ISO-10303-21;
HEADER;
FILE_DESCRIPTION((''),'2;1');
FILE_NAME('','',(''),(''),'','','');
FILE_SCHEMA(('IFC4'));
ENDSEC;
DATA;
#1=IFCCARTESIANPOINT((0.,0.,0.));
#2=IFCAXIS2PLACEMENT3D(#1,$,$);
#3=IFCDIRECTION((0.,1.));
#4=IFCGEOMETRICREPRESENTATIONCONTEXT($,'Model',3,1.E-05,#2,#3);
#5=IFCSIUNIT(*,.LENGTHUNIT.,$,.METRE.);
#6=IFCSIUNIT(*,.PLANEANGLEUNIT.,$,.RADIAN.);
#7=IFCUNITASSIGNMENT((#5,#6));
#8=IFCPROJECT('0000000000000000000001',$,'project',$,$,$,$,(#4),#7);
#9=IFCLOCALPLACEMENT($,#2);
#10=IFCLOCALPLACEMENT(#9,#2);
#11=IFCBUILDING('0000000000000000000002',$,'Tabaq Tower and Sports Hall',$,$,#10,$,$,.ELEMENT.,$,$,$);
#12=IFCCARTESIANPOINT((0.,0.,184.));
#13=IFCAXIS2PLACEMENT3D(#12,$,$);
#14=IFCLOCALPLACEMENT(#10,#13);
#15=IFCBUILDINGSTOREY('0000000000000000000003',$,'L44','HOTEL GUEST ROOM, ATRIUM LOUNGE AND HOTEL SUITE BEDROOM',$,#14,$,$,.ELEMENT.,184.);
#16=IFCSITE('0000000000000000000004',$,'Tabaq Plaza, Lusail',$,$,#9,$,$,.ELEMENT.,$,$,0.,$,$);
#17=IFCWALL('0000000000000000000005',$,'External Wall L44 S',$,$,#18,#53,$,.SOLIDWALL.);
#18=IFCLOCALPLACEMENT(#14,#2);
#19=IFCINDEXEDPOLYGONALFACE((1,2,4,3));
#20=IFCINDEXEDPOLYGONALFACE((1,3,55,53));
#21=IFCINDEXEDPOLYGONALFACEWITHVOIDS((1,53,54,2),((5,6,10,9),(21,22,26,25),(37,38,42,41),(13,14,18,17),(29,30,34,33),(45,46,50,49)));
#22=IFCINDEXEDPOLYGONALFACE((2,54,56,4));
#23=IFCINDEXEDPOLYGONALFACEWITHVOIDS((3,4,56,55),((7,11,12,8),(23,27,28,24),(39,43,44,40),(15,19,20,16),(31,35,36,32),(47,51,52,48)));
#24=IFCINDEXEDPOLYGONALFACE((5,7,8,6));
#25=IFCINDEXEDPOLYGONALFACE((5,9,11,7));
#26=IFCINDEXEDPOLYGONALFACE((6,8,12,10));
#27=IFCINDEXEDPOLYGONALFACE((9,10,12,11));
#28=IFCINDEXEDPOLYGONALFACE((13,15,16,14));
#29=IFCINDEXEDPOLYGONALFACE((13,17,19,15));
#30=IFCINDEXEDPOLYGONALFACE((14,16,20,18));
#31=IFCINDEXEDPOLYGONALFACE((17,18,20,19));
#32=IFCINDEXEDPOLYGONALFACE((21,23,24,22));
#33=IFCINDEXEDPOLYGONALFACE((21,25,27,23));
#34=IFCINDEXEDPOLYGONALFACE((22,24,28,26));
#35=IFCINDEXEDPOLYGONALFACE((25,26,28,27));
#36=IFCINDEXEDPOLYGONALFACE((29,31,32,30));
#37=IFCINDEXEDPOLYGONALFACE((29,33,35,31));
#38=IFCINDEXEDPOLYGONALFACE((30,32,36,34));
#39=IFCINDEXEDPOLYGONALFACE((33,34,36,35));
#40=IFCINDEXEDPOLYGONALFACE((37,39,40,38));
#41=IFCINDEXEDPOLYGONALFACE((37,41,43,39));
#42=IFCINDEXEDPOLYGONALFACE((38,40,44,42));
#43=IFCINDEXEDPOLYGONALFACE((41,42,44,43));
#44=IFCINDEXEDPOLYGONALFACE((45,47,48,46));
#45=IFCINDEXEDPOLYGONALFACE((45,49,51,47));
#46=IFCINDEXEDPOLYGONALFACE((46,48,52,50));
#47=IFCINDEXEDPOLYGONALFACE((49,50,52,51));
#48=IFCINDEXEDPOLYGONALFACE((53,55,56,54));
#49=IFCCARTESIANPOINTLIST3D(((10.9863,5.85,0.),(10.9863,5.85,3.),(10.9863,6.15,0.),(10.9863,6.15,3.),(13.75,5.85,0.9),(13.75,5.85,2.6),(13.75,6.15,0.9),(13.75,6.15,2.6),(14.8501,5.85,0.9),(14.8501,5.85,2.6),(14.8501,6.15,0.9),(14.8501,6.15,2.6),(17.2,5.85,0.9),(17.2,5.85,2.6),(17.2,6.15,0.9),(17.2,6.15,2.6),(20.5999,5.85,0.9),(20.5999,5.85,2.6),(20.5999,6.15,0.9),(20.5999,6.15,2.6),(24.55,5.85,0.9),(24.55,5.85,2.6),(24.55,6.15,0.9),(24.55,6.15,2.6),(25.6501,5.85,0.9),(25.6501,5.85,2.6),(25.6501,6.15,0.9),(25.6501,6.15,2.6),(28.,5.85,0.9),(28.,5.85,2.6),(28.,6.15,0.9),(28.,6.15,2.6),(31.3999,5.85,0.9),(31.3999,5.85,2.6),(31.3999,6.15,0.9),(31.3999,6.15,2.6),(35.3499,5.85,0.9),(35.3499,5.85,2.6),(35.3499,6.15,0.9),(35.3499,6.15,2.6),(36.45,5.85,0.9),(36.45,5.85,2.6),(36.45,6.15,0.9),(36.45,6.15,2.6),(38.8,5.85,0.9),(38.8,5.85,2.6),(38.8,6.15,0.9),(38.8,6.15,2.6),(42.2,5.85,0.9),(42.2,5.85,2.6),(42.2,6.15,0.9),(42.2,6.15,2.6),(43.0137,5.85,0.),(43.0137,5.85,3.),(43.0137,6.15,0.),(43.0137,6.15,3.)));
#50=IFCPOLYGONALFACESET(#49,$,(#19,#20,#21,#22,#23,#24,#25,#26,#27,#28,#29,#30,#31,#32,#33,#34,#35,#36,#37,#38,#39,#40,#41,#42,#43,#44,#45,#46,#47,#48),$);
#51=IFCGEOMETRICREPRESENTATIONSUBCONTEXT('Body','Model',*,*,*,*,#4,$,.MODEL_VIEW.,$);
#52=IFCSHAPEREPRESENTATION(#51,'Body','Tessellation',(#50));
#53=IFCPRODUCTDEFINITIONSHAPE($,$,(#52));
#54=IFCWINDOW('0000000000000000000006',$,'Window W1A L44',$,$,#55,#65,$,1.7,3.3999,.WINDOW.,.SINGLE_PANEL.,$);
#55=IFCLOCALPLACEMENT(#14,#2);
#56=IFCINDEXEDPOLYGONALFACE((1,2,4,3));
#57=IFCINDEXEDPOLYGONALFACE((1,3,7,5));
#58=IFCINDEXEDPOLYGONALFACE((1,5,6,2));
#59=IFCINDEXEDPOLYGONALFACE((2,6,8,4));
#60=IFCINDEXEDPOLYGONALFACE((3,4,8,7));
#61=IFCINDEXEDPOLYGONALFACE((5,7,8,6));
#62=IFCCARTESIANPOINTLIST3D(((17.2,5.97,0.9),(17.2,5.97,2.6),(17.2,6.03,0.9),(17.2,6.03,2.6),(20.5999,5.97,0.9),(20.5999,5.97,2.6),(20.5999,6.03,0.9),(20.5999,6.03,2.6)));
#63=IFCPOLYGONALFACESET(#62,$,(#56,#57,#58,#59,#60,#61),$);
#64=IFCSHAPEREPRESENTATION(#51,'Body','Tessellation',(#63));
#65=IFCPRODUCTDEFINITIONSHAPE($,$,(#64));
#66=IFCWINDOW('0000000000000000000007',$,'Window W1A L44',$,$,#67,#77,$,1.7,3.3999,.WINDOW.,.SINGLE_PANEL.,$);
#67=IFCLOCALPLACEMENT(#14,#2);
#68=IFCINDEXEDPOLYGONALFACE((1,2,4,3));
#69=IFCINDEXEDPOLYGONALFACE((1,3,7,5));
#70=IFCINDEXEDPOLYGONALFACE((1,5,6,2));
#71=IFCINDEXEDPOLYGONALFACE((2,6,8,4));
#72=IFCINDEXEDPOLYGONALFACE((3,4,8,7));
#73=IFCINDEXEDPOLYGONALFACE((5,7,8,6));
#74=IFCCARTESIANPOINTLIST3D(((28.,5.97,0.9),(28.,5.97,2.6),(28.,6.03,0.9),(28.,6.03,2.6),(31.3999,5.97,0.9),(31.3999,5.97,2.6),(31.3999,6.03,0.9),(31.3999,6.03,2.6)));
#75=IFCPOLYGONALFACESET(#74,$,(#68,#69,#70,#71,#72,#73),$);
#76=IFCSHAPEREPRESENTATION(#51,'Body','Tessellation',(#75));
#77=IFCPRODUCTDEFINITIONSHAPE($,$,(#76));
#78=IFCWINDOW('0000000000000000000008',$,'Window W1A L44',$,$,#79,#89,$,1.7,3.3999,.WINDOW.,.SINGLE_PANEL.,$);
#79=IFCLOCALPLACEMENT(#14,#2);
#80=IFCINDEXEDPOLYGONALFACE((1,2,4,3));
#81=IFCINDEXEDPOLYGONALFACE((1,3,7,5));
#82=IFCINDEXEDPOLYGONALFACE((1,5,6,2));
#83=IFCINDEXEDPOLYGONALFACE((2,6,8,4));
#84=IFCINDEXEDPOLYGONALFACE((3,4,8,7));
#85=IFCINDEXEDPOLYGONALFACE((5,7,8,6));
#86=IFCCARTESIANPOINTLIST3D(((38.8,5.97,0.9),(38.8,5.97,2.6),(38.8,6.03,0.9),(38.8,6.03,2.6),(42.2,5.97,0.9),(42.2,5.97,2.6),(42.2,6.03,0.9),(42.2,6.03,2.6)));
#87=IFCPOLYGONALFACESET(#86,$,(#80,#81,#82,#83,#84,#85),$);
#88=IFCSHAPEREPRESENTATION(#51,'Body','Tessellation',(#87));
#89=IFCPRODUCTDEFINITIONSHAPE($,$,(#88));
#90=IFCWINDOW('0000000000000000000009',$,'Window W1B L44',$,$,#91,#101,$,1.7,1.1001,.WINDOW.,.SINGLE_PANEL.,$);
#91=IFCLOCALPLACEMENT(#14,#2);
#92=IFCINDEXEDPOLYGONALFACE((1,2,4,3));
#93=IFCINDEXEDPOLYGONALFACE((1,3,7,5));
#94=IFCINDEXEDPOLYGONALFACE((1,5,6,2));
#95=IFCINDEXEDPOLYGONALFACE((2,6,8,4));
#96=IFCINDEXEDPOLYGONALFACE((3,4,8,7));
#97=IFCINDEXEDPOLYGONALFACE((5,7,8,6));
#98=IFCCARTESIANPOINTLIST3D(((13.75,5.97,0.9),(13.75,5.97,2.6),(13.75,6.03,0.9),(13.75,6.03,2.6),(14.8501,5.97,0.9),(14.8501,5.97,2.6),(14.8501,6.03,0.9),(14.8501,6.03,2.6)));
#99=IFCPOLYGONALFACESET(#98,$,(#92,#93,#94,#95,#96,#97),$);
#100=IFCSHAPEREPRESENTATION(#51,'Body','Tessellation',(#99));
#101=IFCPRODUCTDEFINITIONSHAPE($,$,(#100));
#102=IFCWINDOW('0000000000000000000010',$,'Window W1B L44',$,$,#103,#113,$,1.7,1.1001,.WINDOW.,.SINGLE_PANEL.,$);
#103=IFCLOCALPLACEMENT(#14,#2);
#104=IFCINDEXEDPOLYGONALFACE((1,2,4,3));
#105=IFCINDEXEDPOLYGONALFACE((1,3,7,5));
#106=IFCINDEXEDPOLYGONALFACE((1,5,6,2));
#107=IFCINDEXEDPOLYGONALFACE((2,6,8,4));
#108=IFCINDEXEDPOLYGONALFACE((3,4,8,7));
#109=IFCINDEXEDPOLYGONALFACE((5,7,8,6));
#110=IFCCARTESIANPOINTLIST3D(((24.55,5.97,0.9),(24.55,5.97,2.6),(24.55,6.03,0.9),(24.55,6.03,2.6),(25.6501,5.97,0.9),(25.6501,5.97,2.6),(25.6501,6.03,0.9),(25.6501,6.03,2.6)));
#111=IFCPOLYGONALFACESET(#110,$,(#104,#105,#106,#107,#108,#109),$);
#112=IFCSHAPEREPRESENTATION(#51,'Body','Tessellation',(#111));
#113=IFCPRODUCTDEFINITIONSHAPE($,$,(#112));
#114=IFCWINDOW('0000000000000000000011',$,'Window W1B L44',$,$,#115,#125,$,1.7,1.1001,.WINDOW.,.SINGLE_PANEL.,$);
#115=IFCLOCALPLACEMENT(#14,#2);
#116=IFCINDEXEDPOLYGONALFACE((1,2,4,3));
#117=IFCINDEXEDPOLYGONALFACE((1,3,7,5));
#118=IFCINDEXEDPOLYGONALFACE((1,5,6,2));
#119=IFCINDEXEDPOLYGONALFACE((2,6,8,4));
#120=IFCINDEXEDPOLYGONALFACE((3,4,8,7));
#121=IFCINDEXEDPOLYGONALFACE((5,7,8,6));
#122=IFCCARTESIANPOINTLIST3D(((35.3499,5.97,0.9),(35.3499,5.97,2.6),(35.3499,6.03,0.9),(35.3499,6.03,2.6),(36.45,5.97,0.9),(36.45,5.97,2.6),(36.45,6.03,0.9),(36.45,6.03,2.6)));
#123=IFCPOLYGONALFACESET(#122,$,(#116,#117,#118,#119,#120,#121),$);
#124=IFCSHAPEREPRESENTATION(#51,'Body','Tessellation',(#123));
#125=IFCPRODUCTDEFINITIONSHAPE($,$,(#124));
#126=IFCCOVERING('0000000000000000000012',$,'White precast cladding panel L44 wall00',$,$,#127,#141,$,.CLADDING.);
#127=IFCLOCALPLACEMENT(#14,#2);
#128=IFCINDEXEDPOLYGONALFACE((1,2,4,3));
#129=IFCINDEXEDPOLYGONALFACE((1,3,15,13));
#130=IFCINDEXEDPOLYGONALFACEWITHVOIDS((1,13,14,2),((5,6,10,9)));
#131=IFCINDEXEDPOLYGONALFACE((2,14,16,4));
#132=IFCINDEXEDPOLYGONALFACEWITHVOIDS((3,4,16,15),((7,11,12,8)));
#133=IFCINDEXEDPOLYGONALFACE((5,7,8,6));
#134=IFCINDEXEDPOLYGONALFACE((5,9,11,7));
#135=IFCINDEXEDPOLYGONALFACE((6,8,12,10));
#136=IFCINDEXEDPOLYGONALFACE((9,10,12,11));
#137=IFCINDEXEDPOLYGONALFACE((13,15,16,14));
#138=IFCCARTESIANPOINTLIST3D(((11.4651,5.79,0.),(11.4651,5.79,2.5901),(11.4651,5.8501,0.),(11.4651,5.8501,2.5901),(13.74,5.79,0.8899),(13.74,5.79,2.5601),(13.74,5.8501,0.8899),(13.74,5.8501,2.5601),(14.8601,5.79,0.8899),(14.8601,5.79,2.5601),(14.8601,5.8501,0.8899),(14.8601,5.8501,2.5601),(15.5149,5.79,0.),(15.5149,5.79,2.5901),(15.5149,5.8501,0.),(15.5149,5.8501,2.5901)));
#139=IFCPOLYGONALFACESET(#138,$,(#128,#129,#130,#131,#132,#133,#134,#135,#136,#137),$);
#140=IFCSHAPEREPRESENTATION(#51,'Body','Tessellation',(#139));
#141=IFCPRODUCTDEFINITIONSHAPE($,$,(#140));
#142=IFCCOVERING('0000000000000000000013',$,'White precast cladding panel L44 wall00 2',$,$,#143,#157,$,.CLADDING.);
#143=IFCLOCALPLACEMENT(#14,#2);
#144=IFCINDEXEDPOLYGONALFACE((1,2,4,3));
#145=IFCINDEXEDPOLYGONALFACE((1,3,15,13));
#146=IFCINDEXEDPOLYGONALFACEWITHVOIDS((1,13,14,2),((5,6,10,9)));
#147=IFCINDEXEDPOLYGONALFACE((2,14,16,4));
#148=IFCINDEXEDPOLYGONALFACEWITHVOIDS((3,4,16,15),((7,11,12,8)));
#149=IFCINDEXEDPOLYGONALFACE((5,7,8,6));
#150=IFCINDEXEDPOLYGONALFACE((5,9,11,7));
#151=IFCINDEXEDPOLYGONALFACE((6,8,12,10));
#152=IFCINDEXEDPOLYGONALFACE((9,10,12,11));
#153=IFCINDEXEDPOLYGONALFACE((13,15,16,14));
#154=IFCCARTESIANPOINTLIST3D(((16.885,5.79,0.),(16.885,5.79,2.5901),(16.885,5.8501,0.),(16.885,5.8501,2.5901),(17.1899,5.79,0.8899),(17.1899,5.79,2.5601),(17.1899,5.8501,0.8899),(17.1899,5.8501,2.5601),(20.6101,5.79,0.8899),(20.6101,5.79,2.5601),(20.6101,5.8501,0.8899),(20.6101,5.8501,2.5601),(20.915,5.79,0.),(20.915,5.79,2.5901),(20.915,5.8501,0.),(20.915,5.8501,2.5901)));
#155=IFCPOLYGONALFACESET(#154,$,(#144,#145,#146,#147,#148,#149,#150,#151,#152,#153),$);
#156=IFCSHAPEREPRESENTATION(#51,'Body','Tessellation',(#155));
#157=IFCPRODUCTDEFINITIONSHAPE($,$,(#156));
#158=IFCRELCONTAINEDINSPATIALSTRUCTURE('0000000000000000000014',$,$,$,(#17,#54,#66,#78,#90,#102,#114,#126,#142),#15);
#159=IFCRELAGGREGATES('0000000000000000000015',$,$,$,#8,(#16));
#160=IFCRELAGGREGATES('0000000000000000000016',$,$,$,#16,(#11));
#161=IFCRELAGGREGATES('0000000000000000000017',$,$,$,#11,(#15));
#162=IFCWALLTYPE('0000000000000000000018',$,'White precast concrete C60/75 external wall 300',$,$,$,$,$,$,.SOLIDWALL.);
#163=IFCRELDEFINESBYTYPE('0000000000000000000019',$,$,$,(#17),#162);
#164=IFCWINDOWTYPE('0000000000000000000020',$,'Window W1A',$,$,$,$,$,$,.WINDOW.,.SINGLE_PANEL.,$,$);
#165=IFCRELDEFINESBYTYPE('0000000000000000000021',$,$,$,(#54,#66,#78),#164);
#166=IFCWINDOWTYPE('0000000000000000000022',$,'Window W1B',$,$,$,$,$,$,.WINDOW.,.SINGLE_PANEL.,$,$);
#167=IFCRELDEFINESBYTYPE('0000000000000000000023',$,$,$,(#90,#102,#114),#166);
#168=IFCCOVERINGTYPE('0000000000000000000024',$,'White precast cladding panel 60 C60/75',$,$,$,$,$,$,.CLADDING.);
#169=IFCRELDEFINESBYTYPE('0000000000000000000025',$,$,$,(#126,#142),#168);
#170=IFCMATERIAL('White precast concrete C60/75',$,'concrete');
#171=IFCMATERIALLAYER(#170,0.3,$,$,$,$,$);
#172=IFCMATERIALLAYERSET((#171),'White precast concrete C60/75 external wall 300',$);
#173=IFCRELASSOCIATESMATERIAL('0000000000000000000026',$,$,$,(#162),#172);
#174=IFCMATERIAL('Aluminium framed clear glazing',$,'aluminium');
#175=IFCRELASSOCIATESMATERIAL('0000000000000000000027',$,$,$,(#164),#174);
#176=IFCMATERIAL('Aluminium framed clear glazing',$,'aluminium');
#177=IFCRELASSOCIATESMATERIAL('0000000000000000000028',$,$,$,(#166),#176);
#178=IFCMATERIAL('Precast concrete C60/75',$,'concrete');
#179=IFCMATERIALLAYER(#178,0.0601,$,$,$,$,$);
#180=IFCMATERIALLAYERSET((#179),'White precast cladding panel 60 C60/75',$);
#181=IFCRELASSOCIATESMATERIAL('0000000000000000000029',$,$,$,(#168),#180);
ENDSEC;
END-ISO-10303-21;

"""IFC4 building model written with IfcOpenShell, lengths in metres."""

from ifc_helpers import new_model, si_unit, direction, frame, frame_2d, origin, place, context, subcontext, project, spatial, polyline, rectangle, outline, extrude, material, layer, layer_set, type_object, element, fill, save


model = new_model("IFC4")

# Units and contexts
model_context = context("Model", 3, precision=1e-05, world=origin(), true_north=direction((0.0, 1.0)))
body_context = subcontext(model_context, "Body", "Model", "MODEL_VIEW")
ifc_project = project(units=[si_unit("LENGTHUNIT", "METRE"), si_unit("PLANEANGLEUNIT", "RADIAN")], contexts=[model_context])

# Site, building, storey
site_placement = place(None, origin())
site = spatial("IfcSite", under=ifc_project, at=site_placement, Name="Tabaq Plaza, Lusail", CompositionType="ELEMENT", RefElevation=0.0)
building_placement = place(site_placement, origin())
building = spatial("IfcBuilding", under=site, at=building_placement, Name="Tabaq Tower and Sports Hall", CompositionType="ELEMENT")
storey_placement = place(building_placement, frame((0.0, 0.0, 184.0)))
storey = spatial("IfcBuildingStorey", under=building, at=storey_placement, Name="L44", Description="HOTEL GUEST ROOM, ATRIUM LOUNGE AND HOTEL SUITE BEDROOM", CompositionType="ELEMENT", Elevation=184.0)

# Wall, openings, windows
ifc_material_1 = material(Name="White precast concrete C60/75", Category="concrete")
ifc_layer_1 = layer(ifc_material_1, 0.3)
ifc_layer_set_1 = layer_set([ifc_layer_1], Name="White precast concrete C60/75 external wall 300")
wall_type_1 = type_object("IfcWallType", Name="White precast concrete C60/75 external wall 300", PredefinedType="SOLIDWALL", material=ifc_layer_set_1)
wall_1_placement = place(storey_placement, frame((10.9863, 6.0, 0.0), z_axis=(0.0, 0.0, 1.0), x_axis=(1.0, 0.0, 0.0)))
wall_1 = element("IfcWall", 1, at=wall_1_placement, inside=storey, type_object=wall_type_1, Name="External Wall L44 S", PredefinedType="SOLIDWALL", context=body_context, shape_type="SweptSolid", body=[
    extrude(rectangle(XDim=32.0273, YDim=0.3, at=frame_2d((16.0137, 0.0))), origin(), (0.0, 0.0, 1.0), 3.0),
])
opening_1_placement = place(wall_1_placement, frame((2.7637, 0.0, 0.8999)))
opening_1 = element("IfcOpeningElement", 2, at=opening_1_placement, cuts=wall_1, PredefinedType="OPENING", context=body_context, shape_type="SweptSolid", body=[
    extrude(rectangle(XDim=1.1001, YDim=1.7, at=frame_2d((0.55, 0.8501))), frame((0.0, 0.1602, 0.0), z_axis=(0.0, -1.0, 0.0), x_axis=(1.0, 0.0, 0.0)), (0.0, 0.0, 1.0), 0.3201),
])
opening_2_placement = place(wall_1_placement, frame((6.2136, 0.0, 0.8999)))
opening_2 = element("IfcOpeningElement", 3, at=opening_2_placement, cuts=wall_1, PredefinedType="OPENING", context=body_context, shape_type="SweptSolid", body=[
    extrude(rectangle(XDim=3.3999, YDim=1.7, at=frame_2d((1.7, 0.8501))), frame((0.0, 0.1602, 0.0), z_axis=(0.0, -1.0, 0.0), x_axis=(1.0, 0.0, 0.0)), (0.0, 0.0, 1.0), 0.3201),
])
opening_3_placement = place(wall_1_placement, frame((13.5637, 0.0, 0.8999)))
opening_3 = element("IfcOpeningElement", 4, at=opening_3_placement, cuts=wall_1, PredefinedType="OPENING", context=body_context, shape_type="SweptSolid", body=[
    extrude(rectangle(XDim=1.1001, YDim=1.7, at=frame_2d((0.55, 0.8501))), frame((0.0, 0.1602, 0.0), z_axis=(0.0, -1.0, 0.0), x_axis=(1.0, 0.0, 0.0)), (0.0, 0.0, 1.0), 0.3201),
])
opening_4_placement = place(wall_1_placement, frame((17.0137, 0.0, 0.8999)))
opening_4 = element("IfcOpeningElement", 5, at=opening_4_placement, cuts=wall_1, PredefinedType="OPENING", context=body_context, shape_type="SweptSolid", body=[
    extrude(rectangle(XDim=3.3999, YDim=1.7, at=frame_2d((1.7, 0.8501))), frame((0.0, 0.1602, 0.0), z_axis=(0.0, -1.0, 0.0), x_axis=(1.0, 0.0, 0.0)), (0.0, 0.0, 1.0), 0.3201),
])
opening_5_placement = place(wall_1_placement, frame((24.3635, 0.0, 0.8999)))
opening_5 = element("IfcOpeningElement", 6, at=opening_5_placement, cuts=wall_1, PredefinedType="OPENING", context=body_context, shape_type="SweptSolid", body=[
    extrude(rectangle(XDim=1.1001, YDim=1.7, at=frame_2d((0.55, 0.8501))), frame((0.0, 0.1602, 0.0), z_axis=(0.0, -1.0, 0.0), x_axis=(1.0, 0.0, 0.0)), (0.0, 0.0, 1.0), 0.3201),
])
opening_6_placement = place(wall_1_placement, frame((27.8137, 0.0, 0.8999)))
opening_6 = element("IfcOpeningElement", 7, at=opening_6_placement, cuts=wall_1, PredefinedType="OPENING", context=body_context, shape_type="SweptSolid", body=[
    extrude(rectangle(XDim=3.3999, YDim=1.7, at=frame_2d((1.7, 0.8501))), frame((0.0, 0.1602, 0.0), z_axis=(0.0, -1.0, 0.0), x_axis=(1.0, 0.0, 0.0)), (0.0, 0.0, 1.0), 0.3201),
])
ifc_material_2 = material(Name="Aluminium framed clear glazing", Category="aluminium")
window_type_1 = type_object("IfcWindowType", Name="Window W1A", PartitioningType="SINGLE_PANEL", PredefinedType="WINDOW", material=ifc_material_2)
window_1_placement = place(opening_2_placement, origin())
window_1 = element("IfcWindow", 8, at=window_1_placement, inside=storey, type_object=window_type_1, Name="Window W1A L44", OverallHeight=1.7, OverallWidth=3.3999, PartitioningType="SINGLE_PANEL", PredefinedType="WINDOW", context=body_context, shape_type="SweptSolid", body=[
    extrude(rectangle(XDim=3.3999, YDim=1.7, at=frame_2d((1.7, 0.8501))), frame((0.0, 0.03, 0.0), z_axis=(0.0, -1.0, 0.0), x_axis=(1.0, 0.0, 0.0)), (0.0, 0.0, 1.0), 0.0601),
])
fill(opening_2, window_1)
window_2_placement = place(opening_4_placement, origin())
window_2 = element("IfcWindow", 9, at=window_2_placement, inside=storey, type_object=window_type_1, Name="Window W1A L44", OverallHeight=1.7, OverallWidth=3.3999, PartitioningType="SINGLE_PANEL", PredefinedType="WINDOW", context=body_context, shape_type="SweptSolid", body=[
    extrude(rectangle(XDim=3.3999, YDim=1.7, at=frame_2d((1.7, 0.8501))), frame((0.0, 0.03, 0.0), z_axis=(0.0, -1.0, 0.0), x_axis=(1.0, 0.0, 0.0)), (0.0, 0.0, 1.0), 0.0601),
])
fill(opening_4, window_2)
window_3_placement = place(opening_6_placement, origin())
window_3 = element("IfcWindow", 10, at=window_3_placement, inside=storey, type_object=window_type_1, Name="Window W1A L44", OverallHeight=1.7, OverallWidth=3.3999, PartitioningType="SINGLE_PANEL", PredefinedType="WINDOW", context=body_context, shape_type="SweptSolid", body=[
    extrude(rectangle(XDim=3.3999, YDim=1.7, at=frame_2d((1.7, 0.8501))), frame((0.0, 0.03, 0.0), z_axis=(0.0, -1.0, 0.0), x_axis=(1.0, 0.0, 0.0)), (0.0, 0.0, 1.0), 0.0601),
])
fill(opening_6, window_3)
ifc_material_3 = material(Name="Aluminium framed clear glazing", Category="aluminium")
window_type_2 = type_object("IfcWindowType", Name="Window W1B", PartitioningType="SINGLE_PANEL", PredefinedType="WINDOW", material=ifc_material_3)
window_4_placement = place(opening_1_placement, origin())
window_4 = element("IfcWindow", 11, at=window_4_placement, inside=storey, type_object=window_type_2, Name="Window W1B L44", OverallHeight=1.7, OverallWidth=1.1001, PartitioningType="SINGLE_PANEL", PredefinedType="WINDOW", context=body_context, shape_type="SweptSolid", body=[
    extrude(rectangle(XDim=1.1001, YDim=1.7, at=frame_2d((0.55, 0.8501))), frame((0.0, 0.03, 0.0), z_axis=(0.0, -1.0, 0.0), x_axis=(1.0, 0.0, 0.0)), (0.0, 0.0, 1.0), 0.0601),
])
fill(opening_1, window_4)
window_5_placement = place(opening_3_placement, origin())
window_5 = element("IfcWindow", 12, at=window_5_placement, inside=storey, type_object=window_type_2, Name="Window W1B L44", OverallHeight=1.7, OverallWidth=1.1001, PartitioningType="SINGLE_PANEL", PredefinedType="WINDOW", context=body_context, shape_type="SweptSolid", body=[
    extrude(rectangle(XDim=1.1001, YDim=1.7, at=frame_2d((0.55, 0.8501))), frame((0.0, 0.03, 0.0), z_axis=(0.0, -1.0, 0.0), x_axis=(1.0, 0.0, 0.0)), (0.0, 0.0, 1.0), 0.0601),
])
fill(opening_3, window_5)
window_6_placement = place(opening_5_placement, origin())
window_6 = element("IfcWindow", 13, at=window_6_placement, inside=storey, type_object=window_type_2, Name="Window W1B L44", OverallHeight=1.7, OverallWidth=1.1001, PartitioningType="SINGLE_PANEL", PredefinedType="WINDOW", context=body_context, shape_type="SweptSolid", body=[
    extrude(rectangle(XDim=1.1001, YDim=1.7, at=frame_2d((0.55, 0.8501))), frame((0.0, 0.03, 0.0), z_axis=(0.0, -1.0, 0.0), x_axis=(1.0, 0.0, 0.0)), (0.0, 0.0, 1.0), 0.0601),
])
fill(opening_5, window_6)

# Coverings
ifc_material_4 = material(Name="Precast concrete C60/75", Category="concrete")
ifc_layer_2 = layer(ifc_material_4, 0.0601)
ifc_layer_set_2 = layer_set([ifc_layer_2], Name="White precast cladding panel 60 C60/75")
covering_type = type_object("IfcCoveringType", Name="White precast cladding panel 60 C60/75", PredefinedType="CLADDING", material=ifc_layer_set_2)
covering_1_placement = place(storey_placement, frame((11.4651, 5.8201, 0.0), z_axis=(0.0, 0.0, 1.0), x_axis=(1.0, 0.0, 0.0)))
element("IfcCovering", 14, at=covering_1_placement, inside=storey, type_object=covering_type, Name="White precast cladding panel L44 wall00", PredefinedType="CLADDING", context=body_context, shape_type="SweptSolid", body=[
    extrude(outline(polyline([(0.0, 0.0), (4.0498, 0.0), (4.0498, 2.5901), (0.0, 2.5901), (0.0, 0.0)]), holes=[polyline([(3.395, 0.8899), (2.2749, 0.8899), (2.2749, 2.5601), (3.395, 2.5601), (3.395, 0.8899)])]), frame((0.0, 0.03, 0.0), z_axis=(0.0, -1.0, 0.0), x_axis=(1.0, 0.0, 0.0)), (0.0, 0.0, 1.0), 0.0601),
])
covering_2_placement = place(storey_placement, frame((16.885, 5.8201, 0.0), z_axis=(0.0, 0.0, 1.0), x_axis=(1.0, 0.0, 0.0)))
element("IfcCovering", 15, at=covering_2_placement, inside=storey, type_object=covering_type, Name="White precast cladding panel L44 wall00 2", PredefinedType="CLADDING", context=body_context, shape_type="SweptSolid", body=[
    extrude(outline(polyline([(0.0, 0.0), (4.03, 0.0), (4.03, 2.5901), (0.0, 2.5901), (0.0, 0.0)]), holes=[polyline([(3.7251, 0.8899), (0.3049, 0.8899), (0.3049, 2.5601), (3.7251, 2.5601), (3.7251, 0.8899)])]), frame((0.0, 0.03, 0.0), z_axis=(0.0, -1.0, 0.0), x_axis=(1.0, 0.0, 0.0)), (0.0, 0.0, 1.0), 0.0601),
])

save(model, "model.ifc")
